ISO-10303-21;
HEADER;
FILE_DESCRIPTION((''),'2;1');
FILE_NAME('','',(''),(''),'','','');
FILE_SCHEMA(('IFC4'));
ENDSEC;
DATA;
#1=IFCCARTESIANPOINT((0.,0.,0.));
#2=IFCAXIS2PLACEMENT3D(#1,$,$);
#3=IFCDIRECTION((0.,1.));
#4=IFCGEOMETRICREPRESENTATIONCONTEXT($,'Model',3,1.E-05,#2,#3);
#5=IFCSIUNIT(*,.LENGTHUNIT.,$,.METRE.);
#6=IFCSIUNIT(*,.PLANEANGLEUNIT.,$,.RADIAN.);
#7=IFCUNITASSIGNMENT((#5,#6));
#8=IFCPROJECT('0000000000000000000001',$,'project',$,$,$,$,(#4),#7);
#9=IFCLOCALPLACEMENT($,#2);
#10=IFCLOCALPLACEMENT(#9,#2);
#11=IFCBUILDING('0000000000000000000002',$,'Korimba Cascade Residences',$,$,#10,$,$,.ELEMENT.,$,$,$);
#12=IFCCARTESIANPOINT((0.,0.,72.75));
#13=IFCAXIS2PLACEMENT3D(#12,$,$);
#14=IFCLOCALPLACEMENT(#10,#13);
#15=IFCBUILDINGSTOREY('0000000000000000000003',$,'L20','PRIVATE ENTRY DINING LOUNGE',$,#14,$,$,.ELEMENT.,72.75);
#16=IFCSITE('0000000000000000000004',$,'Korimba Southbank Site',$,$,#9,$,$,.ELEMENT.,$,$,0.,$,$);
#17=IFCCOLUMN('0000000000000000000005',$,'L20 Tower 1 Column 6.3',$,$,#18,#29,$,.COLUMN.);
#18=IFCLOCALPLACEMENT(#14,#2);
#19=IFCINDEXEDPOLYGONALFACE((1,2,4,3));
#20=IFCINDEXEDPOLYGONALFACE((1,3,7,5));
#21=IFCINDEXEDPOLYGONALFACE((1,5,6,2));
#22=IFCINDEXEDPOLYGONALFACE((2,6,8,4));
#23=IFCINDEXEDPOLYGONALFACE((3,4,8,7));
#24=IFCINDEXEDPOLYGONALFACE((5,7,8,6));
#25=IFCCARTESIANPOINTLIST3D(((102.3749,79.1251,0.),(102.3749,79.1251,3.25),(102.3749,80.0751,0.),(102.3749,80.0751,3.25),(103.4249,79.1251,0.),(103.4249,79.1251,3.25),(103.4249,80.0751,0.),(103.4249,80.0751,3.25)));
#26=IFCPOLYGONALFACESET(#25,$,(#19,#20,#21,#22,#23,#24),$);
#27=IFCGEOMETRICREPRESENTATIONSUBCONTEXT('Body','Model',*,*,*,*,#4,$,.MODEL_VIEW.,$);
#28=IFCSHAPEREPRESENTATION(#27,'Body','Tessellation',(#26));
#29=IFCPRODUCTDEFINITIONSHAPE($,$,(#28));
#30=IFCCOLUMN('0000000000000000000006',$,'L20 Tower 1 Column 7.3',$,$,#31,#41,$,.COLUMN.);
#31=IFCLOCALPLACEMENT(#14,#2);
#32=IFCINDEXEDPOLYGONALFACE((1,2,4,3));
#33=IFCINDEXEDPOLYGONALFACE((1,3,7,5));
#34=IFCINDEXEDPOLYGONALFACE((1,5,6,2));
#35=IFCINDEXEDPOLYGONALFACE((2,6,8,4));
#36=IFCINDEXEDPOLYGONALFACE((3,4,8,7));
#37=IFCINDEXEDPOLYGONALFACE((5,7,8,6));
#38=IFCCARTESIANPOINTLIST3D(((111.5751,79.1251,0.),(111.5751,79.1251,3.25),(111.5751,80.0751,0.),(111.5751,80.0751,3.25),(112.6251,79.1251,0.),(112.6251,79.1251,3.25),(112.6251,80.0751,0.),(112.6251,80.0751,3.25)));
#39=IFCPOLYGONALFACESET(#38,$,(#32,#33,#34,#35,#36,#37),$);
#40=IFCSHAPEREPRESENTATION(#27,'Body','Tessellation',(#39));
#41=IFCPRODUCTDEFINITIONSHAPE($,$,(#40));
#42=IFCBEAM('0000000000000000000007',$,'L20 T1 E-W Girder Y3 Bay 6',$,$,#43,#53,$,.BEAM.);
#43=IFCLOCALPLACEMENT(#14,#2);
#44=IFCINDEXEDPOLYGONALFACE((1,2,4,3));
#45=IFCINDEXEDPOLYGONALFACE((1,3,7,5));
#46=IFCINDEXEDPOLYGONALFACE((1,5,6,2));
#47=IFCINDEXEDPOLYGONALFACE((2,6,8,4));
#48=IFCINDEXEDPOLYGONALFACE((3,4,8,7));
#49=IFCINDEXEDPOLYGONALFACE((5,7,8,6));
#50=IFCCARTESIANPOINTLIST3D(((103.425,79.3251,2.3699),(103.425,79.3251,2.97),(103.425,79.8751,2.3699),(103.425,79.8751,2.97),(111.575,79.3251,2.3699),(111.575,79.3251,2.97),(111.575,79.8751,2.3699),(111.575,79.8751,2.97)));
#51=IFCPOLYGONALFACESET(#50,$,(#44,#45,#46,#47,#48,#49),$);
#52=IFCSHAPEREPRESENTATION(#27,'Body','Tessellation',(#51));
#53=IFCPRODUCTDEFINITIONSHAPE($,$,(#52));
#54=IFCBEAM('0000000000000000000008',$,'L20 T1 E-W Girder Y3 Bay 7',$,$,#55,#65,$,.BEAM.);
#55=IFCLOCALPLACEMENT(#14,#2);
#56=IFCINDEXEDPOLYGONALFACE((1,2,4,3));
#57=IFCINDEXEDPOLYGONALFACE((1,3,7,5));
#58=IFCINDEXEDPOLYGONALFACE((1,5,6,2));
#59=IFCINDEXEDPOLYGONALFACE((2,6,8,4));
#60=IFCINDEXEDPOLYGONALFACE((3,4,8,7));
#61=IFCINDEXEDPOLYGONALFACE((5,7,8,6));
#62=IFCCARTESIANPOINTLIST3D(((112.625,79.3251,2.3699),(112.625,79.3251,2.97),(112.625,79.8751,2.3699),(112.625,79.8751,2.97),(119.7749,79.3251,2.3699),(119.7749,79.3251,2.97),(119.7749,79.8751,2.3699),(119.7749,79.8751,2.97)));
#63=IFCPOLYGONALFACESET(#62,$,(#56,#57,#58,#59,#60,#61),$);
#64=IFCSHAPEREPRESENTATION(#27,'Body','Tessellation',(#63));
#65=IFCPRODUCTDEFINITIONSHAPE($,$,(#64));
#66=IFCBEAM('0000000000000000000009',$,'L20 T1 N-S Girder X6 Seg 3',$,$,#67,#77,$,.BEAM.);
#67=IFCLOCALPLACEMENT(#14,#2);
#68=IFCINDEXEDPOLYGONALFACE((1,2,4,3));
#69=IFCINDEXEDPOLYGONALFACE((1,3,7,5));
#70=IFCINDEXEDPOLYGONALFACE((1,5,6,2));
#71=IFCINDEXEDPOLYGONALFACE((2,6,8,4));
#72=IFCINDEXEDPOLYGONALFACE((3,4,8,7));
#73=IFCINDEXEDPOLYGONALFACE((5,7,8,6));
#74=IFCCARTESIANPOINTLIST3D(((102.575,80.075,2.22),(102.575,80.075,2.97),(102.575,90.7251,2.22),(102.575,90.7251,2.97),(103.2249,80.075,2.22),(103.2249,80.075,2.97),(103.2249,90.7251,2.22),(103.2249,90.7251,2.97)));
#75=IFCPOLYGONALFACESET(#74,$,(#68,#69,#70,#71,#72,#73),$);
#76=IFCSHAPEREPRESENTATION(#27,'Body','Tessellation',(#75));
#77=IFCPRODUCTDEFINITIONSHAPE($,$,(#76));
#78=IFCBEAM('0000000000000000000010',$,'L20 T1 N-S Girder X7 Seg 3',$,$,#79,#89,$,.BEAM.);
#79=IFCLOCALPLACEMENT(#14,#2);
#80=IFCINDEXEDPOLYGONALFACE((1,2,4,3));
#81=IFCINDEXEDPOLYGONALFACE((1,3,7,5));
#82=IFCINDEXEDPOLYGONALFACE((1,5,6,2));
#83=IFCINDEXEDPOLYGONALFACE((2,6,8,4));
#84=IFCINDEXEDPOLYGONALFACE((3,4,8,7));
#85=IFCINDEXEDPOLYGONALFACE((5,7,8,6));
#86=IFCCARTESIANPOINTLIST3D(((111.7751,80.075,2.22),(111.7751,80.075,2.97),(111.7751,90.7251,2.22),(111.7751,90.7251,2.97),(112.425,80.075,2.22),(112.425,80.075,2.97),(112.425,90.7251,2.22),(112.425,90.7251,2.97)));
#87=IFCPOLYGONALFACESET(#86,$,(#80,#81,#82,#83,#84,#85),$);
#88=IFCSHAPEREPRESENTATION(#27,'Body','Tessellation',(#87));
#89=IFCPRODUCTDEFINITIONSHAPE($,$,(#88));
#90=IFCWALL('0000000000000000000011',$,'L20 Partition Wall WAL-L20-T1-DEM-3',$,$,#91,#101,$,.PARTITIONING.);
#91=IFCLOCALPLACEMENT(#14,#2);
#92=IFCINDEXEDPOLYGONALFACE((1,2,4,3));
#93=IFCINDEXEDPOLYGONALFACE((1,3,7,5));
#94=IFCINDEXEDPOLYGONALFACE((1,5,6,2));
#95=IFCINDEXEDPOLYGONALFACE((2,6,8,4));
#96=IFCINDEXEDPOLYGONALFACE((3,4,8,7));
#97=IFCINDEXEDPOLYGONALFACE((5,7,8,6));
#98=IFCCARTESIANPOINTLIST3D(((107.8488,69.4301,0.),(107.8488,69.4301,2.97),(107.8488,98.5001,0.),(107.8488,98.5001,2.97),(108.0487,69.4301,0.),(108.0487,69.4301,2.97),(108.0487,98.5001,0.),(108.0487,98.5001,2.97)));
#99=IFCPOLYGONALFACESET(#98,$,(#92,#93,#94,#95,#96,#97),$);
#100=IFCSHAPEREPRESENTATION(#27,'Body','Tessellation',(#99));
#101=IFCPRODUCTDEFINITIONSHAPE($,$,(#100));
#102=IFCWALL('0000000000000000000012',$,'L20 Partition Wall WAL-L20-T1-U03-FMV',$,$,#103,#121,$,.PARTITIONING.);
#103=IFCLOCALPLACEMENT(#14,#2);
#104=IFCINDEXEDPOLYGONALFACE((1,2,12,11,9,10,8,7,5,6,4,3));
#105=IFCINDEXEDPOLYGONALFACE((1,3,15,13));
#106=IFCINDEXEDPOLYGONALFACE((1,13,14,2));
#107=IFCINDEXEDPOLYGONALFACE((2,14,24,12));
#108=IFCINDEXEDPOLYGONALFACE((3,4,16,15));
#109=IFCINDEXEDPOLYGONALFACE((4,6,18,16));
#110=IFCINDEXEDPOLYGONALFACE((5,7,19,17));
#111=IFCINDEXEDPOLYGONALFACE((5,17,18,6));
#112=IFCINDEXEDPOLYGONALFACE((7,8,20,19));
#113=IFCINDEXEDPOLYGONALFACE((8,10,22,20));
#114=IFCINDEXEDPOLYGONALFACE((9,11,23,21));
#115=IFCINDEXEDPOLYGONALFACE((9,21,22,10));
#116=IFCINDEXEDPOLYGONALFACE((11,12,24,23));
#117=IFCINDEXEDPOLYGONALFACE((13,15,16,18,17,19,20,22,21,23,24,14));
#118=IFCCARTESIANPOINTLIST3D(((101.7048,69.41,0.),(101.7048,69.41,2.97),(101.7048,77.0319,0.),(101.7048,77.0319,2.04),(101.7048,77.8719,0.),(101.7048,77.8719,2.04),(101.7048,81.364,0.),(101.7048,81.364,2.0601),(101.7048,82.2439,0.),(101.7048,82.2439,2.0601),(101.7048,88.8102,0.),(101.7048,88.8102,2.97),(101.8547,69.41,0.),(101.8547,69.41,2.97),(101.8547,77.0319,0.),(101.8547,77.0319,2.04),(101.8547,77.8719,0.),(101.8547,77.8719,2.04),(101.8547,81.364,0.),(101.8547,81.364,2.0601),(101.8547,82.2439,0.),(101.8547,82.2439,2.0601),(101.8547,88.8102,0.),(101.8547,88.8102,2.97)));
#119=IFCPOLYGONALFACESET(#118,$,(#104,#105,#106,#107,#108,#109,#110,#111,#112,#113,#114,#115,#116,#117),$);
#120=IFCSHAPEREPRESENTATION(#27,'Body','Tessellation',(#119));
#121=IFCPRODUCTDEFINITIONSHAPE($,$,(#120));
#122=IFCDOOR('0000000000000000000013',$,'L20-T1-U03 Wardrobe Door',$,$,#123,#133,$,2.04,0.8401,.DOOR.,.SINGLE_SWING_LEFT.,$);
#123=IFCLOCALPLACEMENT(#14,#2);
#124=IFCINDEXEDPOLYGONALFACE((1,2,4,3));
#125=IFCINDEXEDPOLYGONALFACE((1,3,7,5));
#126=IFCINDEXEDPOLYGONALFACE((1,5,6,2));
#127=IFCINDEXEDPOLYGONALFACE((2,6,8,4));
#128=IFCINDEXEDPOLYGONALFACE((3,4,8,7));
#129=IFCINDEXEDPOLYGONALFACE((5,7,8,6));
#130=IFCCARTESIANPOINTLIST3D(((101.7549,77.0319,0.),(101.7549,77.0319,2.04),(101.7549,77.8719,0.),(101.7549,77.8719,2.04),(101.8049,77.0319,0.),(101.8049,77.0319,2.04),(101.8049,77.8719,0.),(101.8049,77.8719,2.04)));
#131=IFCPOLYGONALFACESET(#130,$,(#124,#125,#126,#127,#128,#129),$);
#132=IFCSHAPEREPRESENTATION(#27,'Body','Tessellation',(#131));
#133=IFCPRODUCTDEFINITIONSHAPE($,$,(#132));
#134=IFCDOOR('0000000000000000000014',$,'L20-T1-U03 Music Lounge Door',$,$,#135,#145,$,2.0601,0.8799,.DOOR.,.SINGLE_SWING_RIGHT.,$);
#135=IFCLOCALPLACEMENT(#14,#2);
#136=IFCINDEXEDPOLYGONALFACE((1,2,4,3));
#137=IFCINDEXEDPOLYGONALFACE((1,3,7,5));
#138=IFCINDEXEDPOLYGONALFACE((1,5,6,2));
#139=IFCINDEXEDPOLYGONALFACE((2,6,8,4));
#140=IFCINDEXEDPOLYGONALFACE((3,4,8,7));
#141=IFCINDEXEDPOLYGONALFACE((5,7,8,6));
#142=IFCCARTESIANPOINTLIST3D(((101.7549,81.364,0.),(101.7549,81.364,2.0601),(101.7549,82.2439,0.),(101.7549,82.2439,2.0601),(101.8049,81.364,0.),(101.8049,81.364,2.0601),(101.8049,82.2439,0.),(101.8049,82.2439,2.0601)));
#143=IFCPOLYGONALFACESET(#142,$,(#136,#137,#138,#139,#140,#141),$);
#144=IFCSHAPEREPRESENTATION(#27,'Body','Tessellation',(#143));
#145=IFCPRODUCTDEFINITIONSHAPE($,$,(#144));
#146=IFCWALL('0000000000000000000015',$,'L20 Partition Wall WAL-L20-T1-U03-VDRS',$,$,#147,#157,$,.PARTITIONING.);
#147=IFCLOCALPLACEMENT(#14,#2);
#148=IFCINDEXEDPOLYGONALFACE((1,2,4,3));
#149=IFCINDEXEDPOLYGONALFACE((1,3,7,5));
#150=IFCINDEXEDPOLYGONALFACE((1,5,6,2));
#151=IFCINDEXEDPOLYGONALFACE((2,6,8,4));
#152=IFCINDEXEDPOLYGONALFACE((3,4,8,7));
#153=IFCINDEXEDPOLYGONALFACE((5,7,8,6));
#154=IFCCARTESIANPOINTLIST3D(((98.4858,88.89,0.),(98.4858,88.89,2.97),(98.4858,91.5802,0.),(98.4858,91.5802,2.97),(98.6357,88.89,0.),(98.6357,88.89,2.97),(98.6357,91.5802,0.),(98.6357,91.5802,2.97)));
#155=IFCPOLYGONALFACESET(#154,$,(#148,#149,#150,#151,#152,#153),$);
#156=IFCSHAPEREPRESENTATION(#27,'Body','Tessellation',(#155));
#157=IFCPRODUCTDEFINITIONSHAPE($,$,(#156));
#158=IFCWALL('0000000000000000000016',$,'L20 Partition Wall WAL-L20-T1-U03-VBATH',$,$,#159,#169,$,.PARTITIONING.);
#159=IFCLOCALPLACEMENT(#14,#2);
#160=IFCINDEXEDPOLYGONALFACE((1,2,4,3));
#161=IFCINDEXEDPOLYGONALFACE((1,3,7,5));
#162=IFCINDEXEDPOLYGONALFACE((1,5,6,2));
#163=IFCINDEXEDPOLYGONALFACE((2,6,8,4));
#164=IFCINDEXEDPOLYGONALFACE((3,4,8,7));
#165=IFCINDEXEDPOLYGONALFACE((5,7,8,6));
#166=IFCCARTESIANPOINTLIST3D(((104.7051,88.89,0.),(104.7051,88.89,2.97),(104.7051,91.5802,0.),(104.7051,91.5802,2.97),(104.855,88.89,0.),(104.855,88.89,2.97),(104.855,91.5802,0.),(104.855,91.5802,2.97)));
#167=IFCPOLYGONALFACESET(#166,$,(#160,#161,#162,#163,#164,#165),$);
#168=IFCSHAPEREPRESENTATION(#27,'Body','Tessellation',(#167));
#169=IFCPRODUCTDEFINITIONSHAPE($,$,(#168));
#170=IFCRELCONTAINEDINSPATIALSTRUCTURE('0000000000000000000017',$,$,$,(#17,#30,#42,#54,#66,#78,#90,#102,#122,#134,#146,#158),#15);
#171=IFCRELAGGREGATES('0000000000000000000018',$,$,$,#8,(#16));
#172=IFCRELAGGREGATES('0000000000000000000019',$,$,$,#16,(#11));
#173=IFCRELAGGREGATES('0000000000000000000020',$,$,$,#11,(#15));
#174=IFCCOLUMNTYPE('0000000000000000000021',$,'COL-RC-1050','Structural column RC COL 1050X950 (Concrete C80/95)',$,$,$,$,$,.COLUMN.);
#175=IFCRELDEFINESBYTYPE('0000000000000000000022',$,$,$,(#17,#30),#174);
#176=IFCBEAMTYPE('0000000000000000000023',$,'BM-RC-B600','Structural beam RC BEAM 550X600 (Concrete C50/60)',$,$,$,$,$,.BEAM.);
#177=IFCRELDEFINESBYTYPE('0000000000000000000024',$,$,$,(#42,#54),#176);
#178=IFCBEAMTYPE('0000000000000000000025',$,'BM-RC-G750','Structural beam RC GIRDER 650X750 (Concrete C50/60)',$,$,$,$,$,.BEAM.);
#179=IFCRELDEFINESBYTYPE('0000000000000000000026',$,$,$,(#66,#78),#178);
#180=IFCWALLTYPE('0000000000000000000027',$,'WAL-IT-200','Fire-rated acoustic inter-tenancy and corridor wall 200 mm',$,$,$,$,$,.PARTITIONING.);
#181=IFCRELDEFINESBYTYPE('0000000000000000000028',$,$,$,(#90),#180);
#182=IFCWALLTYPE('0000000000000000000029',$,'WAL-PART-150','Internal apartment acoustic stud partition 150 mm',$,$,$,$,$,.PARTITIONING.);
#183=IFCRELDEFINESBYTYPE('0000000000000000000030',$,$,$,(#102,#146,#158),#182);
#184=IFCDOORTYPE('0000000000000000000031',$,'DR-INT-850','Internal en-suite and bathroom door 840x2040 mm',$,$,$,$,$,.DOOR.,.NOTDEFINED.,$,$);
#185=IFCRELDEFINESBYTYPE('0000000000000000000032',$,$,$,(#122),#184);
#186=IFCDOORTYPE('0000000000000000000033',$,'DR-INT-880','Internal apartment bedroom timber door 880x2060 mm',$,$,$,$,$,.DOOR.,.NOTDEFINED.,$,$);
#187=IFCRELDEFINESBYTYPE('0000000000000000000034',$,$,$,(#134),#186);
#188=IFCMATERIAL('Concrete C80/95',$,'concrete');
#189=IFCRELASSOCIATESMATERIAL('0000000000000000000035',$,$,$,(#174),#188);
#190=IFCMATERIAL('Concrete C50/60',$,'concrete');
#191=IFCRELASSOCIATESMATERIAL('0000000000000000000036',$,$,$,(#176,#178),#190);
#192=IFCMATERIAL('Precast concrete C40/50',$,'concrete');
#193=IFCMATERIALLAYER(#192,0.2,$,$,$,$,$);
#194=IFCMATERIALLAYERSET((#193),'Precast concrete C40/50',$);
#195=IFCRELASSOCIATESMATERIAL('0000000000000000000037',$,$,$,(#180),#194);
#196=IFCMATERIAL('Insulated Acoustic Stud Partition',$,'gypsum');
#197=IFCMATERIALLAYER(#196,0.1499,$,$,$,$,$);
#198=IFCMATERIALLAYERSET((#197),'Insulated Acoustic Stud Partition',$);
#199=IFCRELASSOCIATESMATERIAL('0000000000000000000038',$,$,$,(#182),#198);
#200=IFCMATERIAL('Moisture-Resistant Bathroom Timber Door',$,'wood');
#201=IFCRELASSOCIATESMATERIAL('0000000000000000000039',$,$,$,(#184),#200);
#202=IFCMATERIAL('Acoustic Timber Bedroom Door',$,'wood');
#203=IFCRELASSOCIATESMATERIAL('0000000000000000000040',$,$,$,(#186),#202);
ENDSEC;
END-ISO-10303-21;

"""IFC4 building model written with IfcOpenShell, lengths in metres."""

from ifc_helpers import new_model, si_unit, direction, frame, frame_2d, origin, origin_2d, place, context, subcontext, project, spatial, rectangle, extrude, material, layer, layer_set, material_profile, profile_set, type_object, element, fill, save


model = new_model("IFC4")

# Units and contexts
model_context = context("Model", 3, precision=1e-05, world=origin(), true_north=direction((0.0, 1.0)))
body_context = subcontext(model_context, "Body", "Model", "MODEL_VIEW")
ifc_project = project(units=[si_unit("LENGTHUNIT", "METRE"), si_unit("PLANEANGLEUNIT", "RADIAN")], contexts=[model_context])

# Site, building, storey
site_placement = place(None, origin())
site = spatial("IfcSite", under=ifc_project, at=site_placement, Name="Korimba Southbank Site", CompositionType="ELEMENT", RefElevation=0.0)
building_placement = place(site_placement, origin())
building = spatial("IfcBuilding", under=site, at=building_placement, Name="Korimba Cascade Residences", CompositionType="ELEMENT")
storey_placement = place(building_placement, frame((0.0, 0.0, 72.75)))
storey = spatial("IfcBuildingStorey", under=building, at=storey_placement, Name="L20", Description="PRIVATE ENTRY DINING LOUNGE", CompositionType="ELEMENT", Elevation=72.75)

# Columns
ifc_material_1 = material(Name="Concrete C80/95", Category="concrete")
ifc_material_profile_1 = material_profile(ifc_material_1, rectangle(XDim=1.05, YDim=0.95, at=origin_2d()), Name="Concrete C80/95")
ifc_profile_set_1 = profile_set([ifc_material_profile_1], Name="Concrete C80/95")
column_type = type_object("IfcColumnType", Name="COL-RC-1050", Description="Structural column RC COL 1050X950 (Concrete C80/95)", PredefinedType="COLUMN", material=ifc_profile_set_1)
for number, where, z_axis, x_axis, name in (
    (1, (102.8999, 79.6001, 0.0), (0.0, 0.0, 1.0), (1.0, 0.0, 0.0), "L20 Tower 1 Column 6.3"),
    (2, (112.1001, 79.6001, 0.0), (0.0, 0.0, 1.0), (1.0, 0.0, 0.0), "L20 Tower 1 Column 7.3"),
):
    element("IfcColumn", number, at=place(storey_placement, frame(where, z_axis=z_axis, x_axis=x_axis)), inside=storey, type_object=column_type, Name=name, PredefinedType="COLUMN", context=body_context, shape_type="SweptSolid", body=[
        extrude(rectangle(XDim=1.05, YDim=0.95, at=origin_2d()), origin(), (0.0, 0.0, 1.0), 3.25),
    ])

# Beams
ifc_material_2 = material(Name="Concrete C50/60", Category="concrete")
ifc_material_profile_2 = material_profile(ifc_material_2, rectangle(XDim=0.55, YDim=0.6001, at=origin_2d()), Name="Concrete C50/60")
ifc_profile_set_2 = profile_set([ifc_material_profile_2], Name="Concrete C50/60")
beam_type_1 = type_object("IfcBeamType", Name="BM-RC-B600", Description="Structural beam RC BEAM 550X600 (Concrete C50/60)", PredefinedType="BEAM", material=ifc_profile_set_2)
beam_1_placement = place(storey_placement, frame((103.425, 79.6001, 2.6699), z_axis=(1.0, 0.0, 0.0), x_axis=(0.0, 1.0, 0.0)))
element("IfcBeam", 3, at=beam_1_placement, inside=storey, type_object=beam_type_1, Name="L20 T1 E-W Girder Y3 Bay 6", PredefinedType="BEAM", context=body_context, shape_type="SweptSolid", body=[
    extrude(rectangle(XDim=0.55, YDim=0.6001, at=origin_2d()), origin(), (0.0, 0.0, 1.0), 8.1499),
])
beam_2_placement = place(storey_placement, frame((112.625, 79.6001, 2.6699), z_axis=(1.0, 0.0, 0.0), x_axis=(0.0, 1.0, 0.0)))
element("IfcBeam", 4, at=beam_2_placement, inside=storey, type_object=beam_type_1, Name="L20 T1 E-W Girder Y3 Bay 7", PredefinedType="BEAM", context=body_context, shape_type="SweptSolid", body=[
    extrude(rectangle(XDim=0.55, YDim=0.6001, at=origin_2d()), origin(), (0.0, 0.0, 1.0), 7.1499),
])
ifc_material_profile_3 = material_profile(ifc_material_2, rectangle(XDim=0.6499, YDim=0.75, at=origin_2d()), Name="Concrete C50/60")
ifc_profile_set_3 = profile_set([ifc_material_profile_3], Name="Concrete C50/60")
beam_type_2 = type_object("IfcBeamType", Name="BM-RC-G750", Description="Structural beam RC GIRDER 650X750 (Concrete C50/60)", PredefinedType="BEAM", material=ifc_profile_set_3)
for number, where, z_axis, x_axis, name in (
    (5, (102.8999, 80.075, 2.595), (0.0, 1.0, 0.0), (-1.0, 0.0, 0.0), "L20 T1 N-S Girder X6 Seg 3"),
    (6, (112.1001, 80.075, 2.595), (0.0, 1.0, 0.0), (-1.0, 0.0, 0.0), "L20 T1 N-S Girder X7 Seg 3"),
):
    element("IfcBeam", number, at=place(storey_placement, frame(where, z_axis=z_axis, x_axis=x_axis)), inside=storey, type_object=beam_type_2, Name=name, PredefinedType="BEAM", context=body_context, shape_type="SweptSolid", body=[
        extrude(rectangle(XDim=0.6499, YDim=0.75, at=origin_2d()), origin(), (0.0, 0.0, 1.0), 10.6501),
    ])

# Wall
ifc_material_3 = material(Name="Precast concrete C40/50", Category="concrete")
ifc_layer_1 = layer(ifc_material_3, 0.2)
ifc_layer_set_1 = layer_set([ifc_layer_1], Name="Precast concrete C40/50")
wall_type_1 = type_object("IfcWallType", Name="WAL-IT-200", Description="Fire-rated acoustic inter-tenancy and corridor wall 200 mm", PredefinedType="PARTITIONING", material=ifc_layer_set_1)
wall_1_placement = place(storey_placement, frame((107.9487, 69.4299, 0.0), z_axis=(0.0, 0.0, 1.0), x_axis=(0.0, 1.0, 0.0)))
element("IfcWall", 7, at=wall_1_placement, inside=storey, type_object=wall_type_1, Name="L20 Partition Wall WAL-L20-T1-DEM-3", PredefinedType="PARTITIONING", context=body_context, shape_type="SweptSolid", body=[
    extrude(rectangle(XDim=29.0701, YDim=0.2, at=frame_2d((14.5352, 0.0))), origin(), (0.0, 0.0, 1.0), 2.97),
])

# Wall, openings, doors
ifc_material_4 = material(Name="Insulated Acoustic Stud Partition", Category="gypsum")
ifc_layer_2 = layer(ifc_material_4, 0.1499)
ifc_layer_set_2 = layer_set([ifc_layer_2], Name="Insulated Acoustic Stud Partition")
wall_type_2 = type_object("IfcWallType", Name="WAL-PART-150", Description="Internal apartment acoustic stud partition 150 mm", PredefinedType="PARTITIONING", material=ifc_layer_set_2)
wall_2_placement = place(storey_placement, frame((101.7798, 69.4099, 0.0), z_axis=(0.0, 0.0, 1.0), x_axis=(0.0, 1.0, 0.0)))
wall_2 = element("IfcWall", 8, at=wall_2_placement, inside=storey, type_object=wall_type_2, Name="L20 Partition Wall WAL-L20-T1-U03-FMV", PredefinedType="PARTITIONING", context=body_context, shape_type="SweptSolid", body=[
    extrude(rectangle(XDim=19.4001, YDim=0.1499, at=frame_2d((9.7002, 0.0))), origin(), (0.0, 0.0, 1.0), 2.97),
])
opening_1_placement = place(wall_2_placement, frame((7.6221, 0.0, 0.0)))
opening_1 = element("IfcOpeningElement", 9, at=opening_1_placement, cuts=wall_2, PredefinedType="OPENING", context=body_context, shape_type="SweptSolid", body=[
    extrude(rectangle(XDim=0.8401, YDim=2.04, at=frame_2d((0.4199, 1.02))), frame((0.0, 0.085, 0.0), z_axis=(0.0, -1.0, 0.0), x_axis=(1.0, 0.0, 0.0)), (0.0, 0.0, 1.0), 0.1699),
])
opening_2_placement = place(wall_2_placement, frame((11.9541, 0.0, 0.0)))
opening_2 = element("IfcOpeningElement", 10, at=opening_2_placement, cuts=wall_2, PredefinedType="OPENING", context=body_context, shape_type="SweptSolid", body=[
    extrude(rectangle(XDim=0.8799, YDim=2.0601, at=frame_2d((0.4399, 1.03))), frame((0.0, 0.085, 0.0), z_axis=(0.0, -1.0, 0.0), x_axis=(1.0, 0.0, 0.0)), (0.0, 0.0, 1.0), 0.1699),
])
ifc_material_5 = material(Name="Moisture-Resistant Bathroom Timber Door", Category="wood")
door_type_1 = type_object("IfcDoorType", Name="DR-INT-850", Description="Internal en-suite and bathroom door 840x2040 mm", OperationType="NOTDEFINED", PredefinedType="DOOR", material=ifc_material_5)
door_1_placement = place(opening_1_placement, origin())
door_1 = element("IfcDoor", 11, at=door_1_placement, inside=storey, type_object=door_type_1, Name="L20-T1-U03 Wardrobe Door", OperationType="SINGLE_SWING_LEFT", OverallHeight=2.04, OverallWidth=0.8401, PredefinedType="DOOR", context=body_context, shape_type="SweptSolid", body=[
    extrude(rectangle(XDim=0.8401, YDim=2.04, at=frame_2d((0.4199, 1.02))), frame((0.0, 0.0249, 0.0), z_axis=(0.0, -1.0, 0.0), x_axis=(1.0, 0.0, 0.0)), (0.0, 0.0, 1.0), 0.05),
])
fill(opening_1, door_1)
ifc_material_6 = material(Name="Acoustic Timber Bedroom Door", Category="wood")
door_type_2 = type_object("IfcDoorType", Name="DR-INT-880", Description="Internal apartment bedroom timber door 880x2060 mm", OperationType="NOTDEFINED", PredefinedType="DOOR", material=ifc_material_6)
door_2_placement = place(opening_2_placement, origin())
door_2 = element("IfcDoor", 12, at=door_2_placement, inside=storey, type_object=door_type_2, Name="L20-T1-U03 Music Lounge Door", OperationType="SINGLE_SWING_RIGHT", OverallHeight=2.0601, OverallWidth=0.8799, PredefinedType="DOOR", context=body_context, shape_type="SweptSolid", body=[
    extrude(rectangle(XDim=0.8799, YDim=2.0601, at=frame_2d((0.4399, 1.03))), frame((0.0, 0.0249, 0.0), z_axis=(0.0, -1.0, 0.0), x_axis=(1.0, 0.0, 0.0)), (0.0, 0.0, 1.0), 0.05),
])
fill(opening_2, door_2)

# Walls
for number, where, z_axis, x_axis, name in (
    (13, (98.5608, 88.8899, 0.0), (0.0, 0.0, 1.0), (0.0, 1.0, 0.0), "L20 Partition Wall WAL-L20-T1-U03-VDRS"),
    (14, (104.78, 88.8899, 0.0), (0.0, 0.0, 1.0), (0.0, 1.0, 0.0), "L20 Partition Wall WAL-L20-T1-U03-VBATH"),
):
    element("IfcWall", number, at=place(storey_placement, frame(where, z_axis=z_axis, x_axis=x_axis)), inside=storey, type_object=wall_type_2, Name=name, PredefinedType="PARTITIONING", context=body_context, shape_type="SweptSolid", body=[
        extrude(rectangle(XDim=2.6902, YDim=0.1499, at=frame_2d((1.3452, 0.0))), origin(), (0.0, 0.0, 1.0), 2.97),
    ])

save(model, "model.ifc")
